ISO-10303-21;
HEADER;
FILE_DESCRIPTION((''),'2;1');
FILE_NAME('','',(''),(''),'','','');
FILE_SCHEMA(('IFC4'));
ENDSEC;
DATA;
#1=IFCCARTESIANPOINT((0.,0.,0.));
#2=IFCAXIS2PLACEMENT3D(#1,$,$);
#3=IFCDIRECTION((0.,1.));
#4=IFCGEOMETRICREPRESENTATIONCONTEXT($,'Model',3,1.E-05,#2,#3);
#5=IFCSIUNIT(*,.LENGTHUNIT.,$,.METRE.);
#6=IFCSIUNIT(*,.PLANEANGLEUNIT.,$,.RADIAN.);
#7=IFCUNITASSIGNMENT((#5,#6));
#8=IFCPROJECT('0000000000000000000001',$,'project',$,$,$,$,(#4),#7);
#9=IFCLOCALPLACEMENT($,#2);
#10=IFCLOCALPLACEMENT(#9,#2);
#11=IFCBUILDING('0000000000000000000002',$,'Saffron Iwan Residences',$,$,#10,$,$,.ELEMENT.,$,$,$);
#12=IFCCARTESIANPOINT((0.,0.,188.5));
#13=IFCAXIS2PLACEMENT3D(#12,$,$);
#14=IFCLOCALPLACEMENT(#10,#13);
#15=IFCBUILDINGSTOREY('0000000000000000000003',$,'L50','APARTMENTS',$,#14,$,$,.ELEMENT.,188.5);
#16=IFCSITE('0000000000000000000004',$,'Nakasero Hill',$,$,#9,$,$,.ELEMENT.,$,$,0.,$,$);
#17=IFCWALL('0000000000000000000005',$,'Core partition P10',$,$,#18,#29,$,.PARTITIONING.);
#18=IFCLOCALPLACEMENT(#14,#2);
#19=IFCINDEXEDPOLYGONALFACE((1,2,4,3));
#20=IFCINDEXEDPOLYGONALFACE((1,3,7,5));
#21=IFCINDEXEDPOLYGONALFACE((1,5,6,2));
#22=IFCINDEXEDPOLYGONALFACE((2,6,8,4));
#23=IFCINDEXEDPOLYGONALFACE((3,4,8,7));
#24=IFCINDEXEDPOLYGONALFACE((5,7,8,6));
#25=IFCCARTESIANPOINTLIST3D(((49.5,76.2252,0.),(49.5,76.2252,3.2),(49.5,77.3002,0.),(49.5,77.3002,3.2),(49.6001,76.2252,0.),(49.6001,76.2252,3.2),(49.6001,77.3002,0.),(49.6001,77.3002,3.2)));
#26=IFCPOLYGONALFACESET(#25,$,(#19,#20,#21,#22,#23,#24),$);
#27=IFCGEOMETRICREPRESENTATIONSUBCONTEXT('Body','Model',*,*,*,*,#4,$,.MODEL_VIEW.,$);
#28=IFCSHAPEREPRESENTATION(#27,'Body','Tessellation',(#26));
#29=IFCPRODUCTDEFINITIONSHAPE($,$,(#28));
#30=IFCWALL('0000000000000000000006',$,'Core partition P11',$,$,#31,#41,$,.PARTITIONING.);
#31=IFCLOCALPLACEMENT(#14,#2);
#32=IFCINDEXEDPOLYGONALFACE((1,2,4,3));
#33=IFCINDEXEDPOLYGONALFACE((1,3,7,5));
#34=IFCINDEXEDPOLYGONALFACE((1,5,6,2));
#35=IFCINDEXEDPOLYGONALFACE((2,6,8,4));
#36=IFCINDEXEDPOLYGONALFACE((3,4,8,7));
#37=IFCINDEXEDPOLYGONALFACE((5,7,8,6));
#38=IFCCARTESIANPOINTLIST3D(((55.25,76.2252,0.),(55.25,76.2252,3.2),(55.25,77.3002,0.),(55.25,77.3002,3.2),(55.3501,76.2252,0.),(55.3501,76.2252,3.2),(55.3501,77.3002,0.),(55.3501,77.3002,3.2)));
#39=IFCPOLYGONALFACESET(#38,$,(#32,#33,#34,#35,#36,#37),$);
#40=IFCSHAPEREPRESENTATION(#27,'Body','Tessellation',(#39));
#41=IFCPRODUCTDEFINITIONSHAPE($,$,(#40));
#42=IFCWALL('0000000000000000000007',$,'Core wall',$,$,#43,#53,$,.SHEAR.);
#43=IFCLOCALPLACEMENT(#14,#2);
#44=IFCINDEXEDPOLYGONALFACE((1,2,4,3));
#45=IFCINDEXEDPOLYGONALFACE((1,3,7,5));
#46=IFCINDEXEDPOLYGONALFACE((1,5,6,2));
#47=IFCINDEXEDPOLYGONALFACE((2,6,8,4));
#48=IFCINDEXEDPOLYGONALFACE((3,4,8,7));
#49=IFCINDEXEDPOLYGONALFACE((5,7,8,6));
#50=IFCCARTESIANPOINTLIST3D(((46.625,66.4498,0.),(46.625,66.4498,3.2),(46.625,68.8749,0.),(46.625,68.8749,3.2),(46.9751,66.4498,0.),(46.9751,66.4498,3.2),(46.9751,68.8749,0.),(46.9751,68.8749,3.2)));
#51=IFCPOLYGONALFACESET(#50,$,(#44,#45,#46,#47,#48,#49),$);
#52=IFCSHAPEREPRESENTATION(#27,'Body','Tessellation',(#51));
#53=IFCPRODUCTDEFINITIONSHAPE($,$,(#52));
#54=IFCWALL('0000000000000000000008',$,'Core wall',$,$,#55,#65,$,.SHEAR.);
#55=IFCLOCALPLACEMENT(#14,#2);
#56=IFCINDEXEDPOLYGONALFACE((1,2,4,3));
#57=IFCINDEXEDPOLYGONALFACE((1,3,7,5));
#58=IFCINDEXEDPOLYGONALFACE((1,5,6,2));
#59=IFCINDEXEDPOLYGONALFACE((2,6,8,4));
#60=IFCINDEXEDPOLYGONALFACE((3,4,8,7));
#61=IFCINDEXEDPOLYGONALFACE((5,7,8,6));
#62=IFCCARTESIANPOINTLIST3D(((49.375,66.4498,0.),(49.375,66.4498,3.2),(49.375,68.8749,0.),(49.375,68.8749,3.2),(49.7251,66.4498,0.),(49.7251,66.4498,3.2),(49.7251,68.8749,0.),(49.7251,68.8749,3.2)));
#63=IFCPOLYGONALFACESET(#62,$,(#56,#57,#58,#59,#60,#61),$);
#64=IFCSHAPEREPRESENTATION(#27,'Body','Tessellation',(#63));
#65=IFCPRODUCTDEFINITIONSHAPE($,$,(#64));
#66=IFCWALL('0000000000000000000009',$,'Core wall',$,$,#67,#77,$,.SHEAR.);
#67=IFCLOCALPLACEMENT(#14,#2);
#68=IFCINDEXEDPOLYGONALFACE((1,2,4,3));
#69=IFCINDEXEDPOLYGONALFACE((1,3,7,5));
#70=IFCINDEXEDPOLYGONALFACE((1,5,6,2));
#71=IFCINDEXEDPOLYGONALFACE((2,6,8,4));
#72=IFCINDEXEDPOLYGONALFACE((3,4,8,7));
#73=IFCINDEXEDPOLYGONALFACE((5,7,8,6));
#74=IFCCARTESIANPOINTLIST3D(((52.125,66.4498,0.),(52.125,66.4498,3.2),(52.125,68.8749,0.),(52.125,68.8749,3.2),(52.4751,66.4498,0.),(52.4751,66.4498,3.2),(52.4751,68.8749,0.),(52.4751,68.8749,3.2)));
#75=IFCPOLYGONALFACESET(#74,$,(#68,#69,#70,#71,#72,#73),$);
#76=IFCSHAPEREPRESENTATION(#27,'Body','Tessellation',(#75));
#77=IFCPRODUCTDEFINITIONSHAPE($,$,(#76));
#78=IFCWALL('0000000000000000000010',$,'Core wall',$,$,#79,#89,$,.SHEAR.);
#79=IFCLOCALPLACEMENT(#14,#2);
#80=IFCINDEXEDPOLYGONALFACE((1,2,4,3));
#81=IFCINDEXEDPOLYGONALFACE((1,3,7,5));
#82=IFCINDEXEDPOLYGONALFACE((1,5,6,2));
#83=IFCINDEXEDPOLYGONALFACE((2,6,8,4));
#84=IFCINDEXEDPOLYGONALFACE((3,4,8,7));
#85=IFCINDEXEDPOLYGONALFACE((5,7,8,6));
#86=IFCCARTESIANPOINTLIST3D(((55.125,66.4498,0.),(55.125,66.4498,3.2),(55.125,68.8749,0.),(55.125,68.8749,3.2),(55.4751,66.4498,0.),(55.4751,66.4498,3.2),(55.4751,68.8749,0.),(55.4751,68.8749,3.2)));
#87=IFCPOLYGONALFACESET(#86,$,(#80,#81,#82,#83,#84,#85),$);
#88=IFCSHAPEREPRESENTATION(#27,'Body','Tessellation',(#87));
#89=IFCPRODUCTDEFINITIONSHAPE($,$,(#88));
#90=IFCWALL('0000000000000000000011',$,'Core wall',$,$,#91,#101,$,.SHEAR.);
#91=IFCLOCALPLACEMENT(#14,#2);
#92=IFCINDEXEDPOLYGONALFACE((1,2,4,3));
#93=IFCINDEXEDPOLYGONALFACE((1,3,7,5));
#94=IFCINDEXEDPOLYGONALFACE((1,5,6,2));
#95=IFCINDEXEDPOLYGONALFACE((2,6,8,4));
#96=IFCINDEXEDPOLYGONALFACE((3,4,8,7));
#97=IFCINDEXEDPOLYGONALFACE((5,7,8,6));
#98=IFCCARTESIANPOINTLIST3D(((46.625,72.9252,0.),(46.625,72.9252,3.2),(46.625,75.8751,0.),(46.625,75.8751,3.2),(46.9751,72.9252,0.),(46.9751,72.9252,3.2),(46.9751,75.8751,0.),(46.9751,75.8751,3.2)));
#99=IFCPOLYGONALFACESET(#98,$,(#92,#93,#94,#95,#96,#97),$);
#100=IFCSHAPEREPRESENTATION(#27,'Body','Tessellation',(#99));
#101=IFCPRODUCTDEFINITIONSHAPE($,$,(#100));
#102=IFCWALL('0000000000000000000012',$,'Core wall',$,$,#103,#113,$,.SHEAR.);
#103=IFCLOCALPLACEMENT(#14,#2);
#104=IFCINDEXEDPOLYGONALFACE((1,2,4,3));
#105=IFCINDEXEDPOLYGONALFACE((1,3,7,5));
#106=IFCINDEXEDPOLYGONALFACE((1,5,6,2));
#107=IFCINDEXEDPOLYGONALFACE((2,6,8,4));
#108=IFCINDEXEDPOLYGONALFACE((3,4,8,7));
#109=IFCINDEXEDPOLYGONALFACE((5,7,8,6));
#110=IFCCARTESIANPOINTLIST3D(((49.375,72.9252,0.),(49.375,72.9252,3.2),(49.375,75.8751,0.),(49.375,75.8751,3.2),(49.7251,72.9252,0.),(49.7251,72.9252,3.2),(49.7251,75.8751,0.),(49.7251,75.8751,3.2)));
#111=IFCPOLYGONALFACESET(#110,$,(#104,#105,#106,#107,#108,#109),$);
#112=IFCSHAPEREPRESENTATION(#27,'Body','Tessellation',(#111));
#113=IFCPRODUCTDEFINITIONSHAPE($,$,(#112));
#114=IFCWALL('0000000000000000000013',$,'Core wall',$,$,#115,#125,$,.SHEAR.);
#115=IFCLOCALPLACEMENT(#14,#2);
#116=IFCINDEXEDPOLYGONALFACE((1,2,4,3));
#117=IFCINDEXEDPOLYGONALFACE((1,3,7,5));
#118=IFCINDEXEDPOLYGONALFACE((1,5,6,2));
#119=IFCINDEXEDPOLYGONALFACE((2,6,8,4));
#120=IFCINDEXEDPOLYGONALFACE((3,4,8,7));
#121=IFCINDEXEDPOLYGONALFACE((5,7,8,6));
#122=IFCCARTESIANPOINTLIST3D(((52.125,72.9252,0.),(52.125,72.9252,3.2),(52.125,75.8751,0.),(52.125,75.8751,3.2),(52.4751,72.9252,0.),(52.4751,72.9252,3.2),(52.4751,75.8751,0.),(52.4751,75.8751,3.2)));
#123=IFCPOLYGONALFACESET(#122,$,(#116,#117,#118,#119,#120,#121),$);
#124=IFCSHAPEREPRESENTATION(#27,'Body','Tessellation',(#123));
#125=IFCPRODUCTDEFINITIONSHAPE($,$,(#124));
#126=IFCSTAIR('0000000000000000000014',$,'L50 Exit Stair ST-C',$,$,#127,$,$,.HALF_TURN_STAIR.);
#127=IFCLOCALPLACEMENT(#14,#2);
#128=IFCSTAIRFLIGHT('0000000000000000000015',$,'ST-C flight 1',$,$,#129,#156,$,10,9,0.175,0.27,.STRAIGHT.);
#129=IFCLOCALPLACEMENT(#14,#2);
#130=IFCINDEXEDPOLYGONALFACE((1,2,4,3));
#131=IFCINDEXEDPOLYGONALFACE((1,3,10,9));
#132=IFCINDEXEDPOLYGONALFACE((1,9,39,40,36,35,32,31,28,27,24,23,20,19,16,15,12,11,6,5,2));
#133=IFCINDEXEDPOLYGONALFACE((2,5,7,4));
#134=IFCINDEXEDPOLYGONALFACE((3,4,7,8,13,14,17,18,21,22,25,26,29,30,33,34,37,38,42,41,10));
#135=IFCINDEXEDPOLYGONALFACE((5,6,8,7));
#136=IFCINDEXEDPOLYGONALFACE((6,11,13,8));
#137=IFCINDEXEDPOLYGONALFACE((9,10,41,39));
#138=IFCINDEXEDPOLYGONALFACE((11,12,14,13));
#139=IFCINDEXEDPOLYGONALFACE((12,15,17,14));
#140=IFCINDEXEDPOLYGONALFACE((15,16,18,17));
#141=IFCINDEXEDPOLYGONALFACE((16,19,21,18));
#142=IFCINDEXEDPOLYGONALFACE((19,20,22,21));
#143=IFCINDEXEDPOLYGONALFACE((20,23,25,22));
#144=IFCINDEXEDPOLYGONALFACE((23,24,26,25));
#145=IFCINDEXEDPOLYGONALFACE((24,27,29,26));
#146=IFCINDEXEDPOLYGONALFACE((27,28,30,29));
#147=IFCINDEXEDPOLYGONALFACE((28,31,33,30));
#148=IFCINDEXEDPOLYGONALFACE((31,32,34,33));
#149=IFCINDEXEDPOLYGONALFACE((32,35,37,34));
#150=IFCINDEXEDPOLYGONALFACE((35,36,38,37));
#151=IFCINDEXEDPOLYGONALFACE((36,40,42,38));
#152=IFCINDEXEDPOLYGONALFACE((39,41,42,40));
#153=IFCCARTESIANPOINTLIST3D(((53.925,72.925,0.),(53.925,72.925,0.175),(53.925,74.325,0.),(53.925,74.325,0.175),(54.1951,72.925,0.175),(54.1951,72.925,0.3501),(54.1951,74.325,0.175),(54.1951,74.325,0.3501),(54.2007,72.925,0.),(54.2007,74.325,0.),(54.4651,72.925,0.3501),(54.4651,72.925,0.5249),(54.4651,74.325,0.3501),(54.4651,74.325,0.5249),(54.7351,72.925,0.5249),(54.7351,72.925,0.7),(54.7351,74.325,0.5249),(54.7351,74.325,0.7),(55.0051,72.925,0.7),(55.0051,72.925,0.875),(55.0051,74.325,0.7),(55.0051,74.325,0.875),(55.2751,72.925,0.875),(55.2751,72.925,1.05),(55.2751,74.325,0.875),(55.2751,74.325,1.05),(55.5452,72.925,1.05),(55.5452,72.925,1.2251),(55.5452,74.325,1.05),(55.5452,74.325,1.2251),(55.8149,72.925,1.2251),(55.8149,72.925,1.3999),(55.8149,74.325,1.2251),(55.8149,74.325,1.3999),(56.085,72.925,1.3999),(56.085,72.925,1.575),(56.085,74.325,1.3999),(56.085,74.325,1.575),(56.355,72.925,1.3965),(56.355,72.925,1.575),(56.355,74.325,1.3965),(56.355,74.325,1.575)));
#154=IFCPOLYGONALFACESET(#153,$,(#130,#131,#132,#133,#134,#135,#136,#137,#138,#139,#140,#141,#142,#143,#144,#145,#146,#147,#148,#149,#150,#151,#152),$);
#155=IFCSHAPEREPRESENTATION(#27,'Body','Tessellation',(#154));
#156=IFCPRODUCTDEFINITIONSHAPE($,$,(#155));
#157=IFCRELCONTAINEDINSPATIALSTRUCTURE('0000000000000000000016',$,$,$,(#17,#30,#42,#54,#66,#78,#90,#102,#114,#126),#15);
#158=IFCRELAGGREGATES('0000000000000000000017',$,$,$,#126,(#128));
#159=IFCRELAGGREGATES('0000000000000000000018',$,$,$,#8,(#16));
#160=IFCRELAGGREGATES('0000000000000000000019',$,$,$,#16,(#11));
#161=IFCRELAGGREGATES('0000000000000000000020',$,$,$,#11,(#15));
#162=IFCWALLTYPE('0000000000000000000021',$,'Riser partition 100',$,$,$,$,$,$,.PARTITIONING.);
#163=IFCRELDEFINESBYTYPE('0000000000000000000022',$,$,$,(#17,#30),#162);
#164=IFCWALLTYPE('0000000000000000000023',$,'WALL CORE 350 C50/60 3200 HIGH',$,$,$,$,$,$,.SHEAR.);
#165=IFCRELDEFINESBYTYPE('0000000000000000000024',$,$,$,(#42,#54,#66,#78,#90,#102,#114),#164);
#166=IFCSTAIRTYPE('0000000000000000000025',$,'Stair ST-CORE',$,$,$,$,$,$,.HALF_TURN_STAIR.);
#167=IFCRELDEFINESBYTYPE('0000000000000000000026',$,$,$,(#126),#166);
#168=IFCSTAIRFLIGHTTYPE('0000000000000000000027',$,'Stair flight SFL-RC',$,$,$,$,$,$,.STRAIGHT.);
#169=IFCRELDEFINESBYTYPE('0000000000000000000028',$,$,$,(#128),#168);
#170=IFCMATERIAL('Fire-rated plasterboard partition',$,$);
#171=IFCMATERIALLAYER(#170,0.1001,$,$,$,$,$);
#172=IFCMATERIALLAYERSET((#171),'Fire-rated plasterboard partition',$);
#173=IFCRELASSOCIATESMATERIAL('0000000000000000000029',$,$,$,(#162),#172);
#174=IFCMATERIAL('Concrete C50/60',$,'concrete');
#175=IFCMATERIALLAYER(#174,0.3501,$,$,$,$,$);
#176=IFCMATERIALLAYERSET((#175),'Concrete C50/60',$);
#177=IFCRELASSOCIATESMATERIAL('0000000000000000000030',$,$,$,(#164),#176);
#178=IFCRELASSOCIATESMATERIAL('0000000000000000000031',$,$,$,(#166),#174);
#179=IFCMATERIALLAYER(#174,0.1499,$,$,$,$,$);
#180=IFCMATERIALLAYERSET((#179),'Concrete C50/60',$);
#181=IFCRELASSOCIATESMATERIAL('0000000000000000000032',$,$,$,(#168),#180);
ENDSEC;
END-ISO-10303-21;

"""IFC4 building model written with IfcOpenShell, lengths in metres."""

from ifc_helpers import new_model, si_unit, direction, frame, frame_2d, origin, place, context, subcontext, project, spatial, polyline, rectangle, outline, extrude, material, layer, layer_set, type_object, element, aggregate, save


model = new_model("IFC4")

# Units and contexts
model_context = context("Model", 3, precision=1e-05, world=origin(), true_north=direction((0.0, 1.0)))
body_context = subcontext(model_context, "Body", "Model", "MODEL_VIEW")
ifc_project = project(units=[si_unit("LENGTHUNIT", "METRE"), si_unit("PLANEANGLEUNIT", "RADIAN")], contexts=[model_context])

# Site, building, storey
site_placement = place(None, origin())
site = spatial("IfcSite", under=ifc_project, at=site_placement, Name="Nakasero Hill", CompositionType="ELEMENT", RefElevation=0.0)
building_placement = place(site_placement, origin())
building = spatial("IfcBuilding", under=site, at=building_placement, Name="Saffron Iwan Residences", CompositionType="ELEMENT")
storey_placement = place(building_placement, frame((0.0, 0.0, 188.5)))
storey = spatial("IfcBuildingStorey", under=building, at=storey_placement, Name="L50", Description="APARTMENTS", CompositionType="ELEMENT", Elevation=188.5)

# Shared definitions
ifc_material_1 = material(Name="Concrete C50/60", Category="concrete")

# Shared definitions
ifc_material_2 = material(Name="Fire-rated plasterboard partition")

# Walls
ifc_layer_1 = layer(ifc_material_2, 0.1001)
ifc_layer_set_1 = layer_set([ifc_layer_1], Name="Fire-rated plasterboard partition")
wall_type_1 = type_object("IfcWallType", Name="Riser partition 100", PredefinedType="PARTITIONING", material=ifc_layer_set_1)
for number, where, z_axis, x_axis, name in (
    (1, (49.55, 76.2251, 0.0), (0.0, 0.0, 1.0), (0.0, 1.0, 0.0), "Core partition P10"),
    (2, (55.3, 76.2251, 0.0), (0.0, 0.0, 1.0), (0.0, 1.0, 0.0), "Core partition P11"),
):
    element("IfcWall", number, at=place(storey_placement, frame(where, z_axis=z_axis, x_axis=x_axis)), inside=storey, type_object=wall_type_1, Name=name, PredefinedType="PARTITIONING", context=body_context, shape_type="SweptSolid", body=[
        extrude(rectangle(XDim=1.075, YDim=0.1001, at=frame_2d((0.5376, 0.0))), origin(), (0.0, 0.0, 1.0), 3.2),
    ])
ifc_layer_2 = layer(ifc_material_1, 0.3501)
ifc_layer_set_2 = layer_set([ifc_layer_2], Name="Concrete C50/60")
wall_type_2 = type_object("IfcWallType", Name="WALL CORE 350 C50/60 3200 HIGH", PredefinedType="SHEAR", material=ifc_layer_set_2)
for number, where, z_axis, x_axis, name in (
    (3, (46.8, 66.45, 0.0), (0.0, 0.0, 1.0), (0.0, 1.0, 0.0), "Core wall"),
    (4, (49.55, 66.45, 0.0), (0.0, 0.0, 1.0), (0.0, 1.0, 0.0), "Core wall"),
    (5, (52.3, 66.45, 0.0), (0.0, 0.0, 1.0), (0.0, 1.0, 0.0), "Core wall"),
    (6, (55.3, 66.45, 0.0), (0.0, 0.0, 1.0), (0.0, 1.0, 0.0), "Core wall"),
):
    element("IfcWall", number, at=place(storey_placement, frame(where, z_axis=z_axis, x_axis=x_axis)), inside=storey, type_object=wall_type_2, Name=name, PredefinedType="SHEAR", context=body_context, shape_type="SweptSolid", body=[
        extrude(rectangle(XDim=2.425, YDim=0.3501, at=frame_2d((1.2124, 0.0))), origin(), (0.0, 0.0, 1.0), 3.2),
    ])
for number, where, z_axis, x_axis, name in (
    (7, (46.8, 72.925, 0.0), (0.0, 0.0, 1.0), (0.0, 1.0, 0.0), "Core wall"),
    (8, (49.55, 72.925, 0.0), (0.0, 0.0, 1.0), (0.0, 1.0, 0.0), "Core wall"),
    (9, (52.3, 72.925, 0.0), (0.0, 0.0, 1.0), (0.0, 1.0, 0.0), "Core wall"),
):
    element("IfcWall", number, at=place(storey_placement, frame(where, z_axis=z_axis, x_axis=x_axis)), inside=storey, type_object=wall_type_2, Name=name, PredefinedType="SHEAR", context=body_context, shape_type="SweptSolid", body=[
        extrude(rectangle(XDim=2.95, YDim=0.3501, at=frame_2d((1.4751, 0.0))), origin(), (0.0, 0.0, 1.0), 3.2),
    ])

# Stair, stair flight
stair_type = type_object("IfcStairType", Name="Stair ST-CORE", PredefinedType="HALF_TURN_STAIR", material=ifc_material_1)
stair_placement = place(storey_placement, origin())
stair = element("IfcStair", 10, at=stair_placement, inside=storey, type_object=stair_type, Name="L50 Exit Stair ST-C", PredefinedType="HALF_TURN_STAIR")
ifc_layer_3 = layer(ifc_material_1, 0.1499)
ifc_layer_set_3 = layer_set([ifc_layer_3], Name="Concrete C50/60")
stair_flight_type = type_object("IfcStairFlightType", Name="Stair flight SFL-RC", PredefinedType="STRAIGHT", material=ifc_layer_set_3)
stair_flight_placement = place(storey_placement, frame((53.925, 73.625, 0.0), z_axis=(0.0, 0.0, 1.0), x_axis=(1.0, 0.0, 0.0)))
stair_flight = element("IfcStairFlight", 11, at=stair_flight_placement, type_object=stair_flight_type, Name="ST-C flight 1", NumberOfRisers=10, NumberOfTreads=9, PredefinedType="STRAIGHT", RiserHeight=0.175, TreadLength=0.27, context=body_context, shape_type="SweptSolid", body=[
    extrude(outline(polyline([(0.0, 0.0), (0.0, 0.175), (0.27, 0.175), (0.27, 0.3501), (0.54, 0.3501), (0.54, 0.5249), (0.8101, 0.5249), (0.8101, 0.7), (1.0801, 0.7), (1.0801, 0.875), (1.3501, 0.875), (1.3501, 1.05), (1.6201, 1.05), (1.6201, 1.2251), (1.8899, 1.2251), (1.8899, 1.3999), (2.1599, 1.3999), (2.1599, 1.575), (2.4299, 1.575), (2.4299, 1.75), (2.4299, 1.3965), (0.2756, 0.0), (0.0, 0.0)])), frame((0.0, 0.7, 0.0), z_axis=(0.0, -1.0, 0.0), x_axis=(1.0, 0.0, 0.0)), (0.0, 0.0, 1.0), 1.3999),
])
aggregate(stair, [stair_flight])

save(model, "model.ifc")
